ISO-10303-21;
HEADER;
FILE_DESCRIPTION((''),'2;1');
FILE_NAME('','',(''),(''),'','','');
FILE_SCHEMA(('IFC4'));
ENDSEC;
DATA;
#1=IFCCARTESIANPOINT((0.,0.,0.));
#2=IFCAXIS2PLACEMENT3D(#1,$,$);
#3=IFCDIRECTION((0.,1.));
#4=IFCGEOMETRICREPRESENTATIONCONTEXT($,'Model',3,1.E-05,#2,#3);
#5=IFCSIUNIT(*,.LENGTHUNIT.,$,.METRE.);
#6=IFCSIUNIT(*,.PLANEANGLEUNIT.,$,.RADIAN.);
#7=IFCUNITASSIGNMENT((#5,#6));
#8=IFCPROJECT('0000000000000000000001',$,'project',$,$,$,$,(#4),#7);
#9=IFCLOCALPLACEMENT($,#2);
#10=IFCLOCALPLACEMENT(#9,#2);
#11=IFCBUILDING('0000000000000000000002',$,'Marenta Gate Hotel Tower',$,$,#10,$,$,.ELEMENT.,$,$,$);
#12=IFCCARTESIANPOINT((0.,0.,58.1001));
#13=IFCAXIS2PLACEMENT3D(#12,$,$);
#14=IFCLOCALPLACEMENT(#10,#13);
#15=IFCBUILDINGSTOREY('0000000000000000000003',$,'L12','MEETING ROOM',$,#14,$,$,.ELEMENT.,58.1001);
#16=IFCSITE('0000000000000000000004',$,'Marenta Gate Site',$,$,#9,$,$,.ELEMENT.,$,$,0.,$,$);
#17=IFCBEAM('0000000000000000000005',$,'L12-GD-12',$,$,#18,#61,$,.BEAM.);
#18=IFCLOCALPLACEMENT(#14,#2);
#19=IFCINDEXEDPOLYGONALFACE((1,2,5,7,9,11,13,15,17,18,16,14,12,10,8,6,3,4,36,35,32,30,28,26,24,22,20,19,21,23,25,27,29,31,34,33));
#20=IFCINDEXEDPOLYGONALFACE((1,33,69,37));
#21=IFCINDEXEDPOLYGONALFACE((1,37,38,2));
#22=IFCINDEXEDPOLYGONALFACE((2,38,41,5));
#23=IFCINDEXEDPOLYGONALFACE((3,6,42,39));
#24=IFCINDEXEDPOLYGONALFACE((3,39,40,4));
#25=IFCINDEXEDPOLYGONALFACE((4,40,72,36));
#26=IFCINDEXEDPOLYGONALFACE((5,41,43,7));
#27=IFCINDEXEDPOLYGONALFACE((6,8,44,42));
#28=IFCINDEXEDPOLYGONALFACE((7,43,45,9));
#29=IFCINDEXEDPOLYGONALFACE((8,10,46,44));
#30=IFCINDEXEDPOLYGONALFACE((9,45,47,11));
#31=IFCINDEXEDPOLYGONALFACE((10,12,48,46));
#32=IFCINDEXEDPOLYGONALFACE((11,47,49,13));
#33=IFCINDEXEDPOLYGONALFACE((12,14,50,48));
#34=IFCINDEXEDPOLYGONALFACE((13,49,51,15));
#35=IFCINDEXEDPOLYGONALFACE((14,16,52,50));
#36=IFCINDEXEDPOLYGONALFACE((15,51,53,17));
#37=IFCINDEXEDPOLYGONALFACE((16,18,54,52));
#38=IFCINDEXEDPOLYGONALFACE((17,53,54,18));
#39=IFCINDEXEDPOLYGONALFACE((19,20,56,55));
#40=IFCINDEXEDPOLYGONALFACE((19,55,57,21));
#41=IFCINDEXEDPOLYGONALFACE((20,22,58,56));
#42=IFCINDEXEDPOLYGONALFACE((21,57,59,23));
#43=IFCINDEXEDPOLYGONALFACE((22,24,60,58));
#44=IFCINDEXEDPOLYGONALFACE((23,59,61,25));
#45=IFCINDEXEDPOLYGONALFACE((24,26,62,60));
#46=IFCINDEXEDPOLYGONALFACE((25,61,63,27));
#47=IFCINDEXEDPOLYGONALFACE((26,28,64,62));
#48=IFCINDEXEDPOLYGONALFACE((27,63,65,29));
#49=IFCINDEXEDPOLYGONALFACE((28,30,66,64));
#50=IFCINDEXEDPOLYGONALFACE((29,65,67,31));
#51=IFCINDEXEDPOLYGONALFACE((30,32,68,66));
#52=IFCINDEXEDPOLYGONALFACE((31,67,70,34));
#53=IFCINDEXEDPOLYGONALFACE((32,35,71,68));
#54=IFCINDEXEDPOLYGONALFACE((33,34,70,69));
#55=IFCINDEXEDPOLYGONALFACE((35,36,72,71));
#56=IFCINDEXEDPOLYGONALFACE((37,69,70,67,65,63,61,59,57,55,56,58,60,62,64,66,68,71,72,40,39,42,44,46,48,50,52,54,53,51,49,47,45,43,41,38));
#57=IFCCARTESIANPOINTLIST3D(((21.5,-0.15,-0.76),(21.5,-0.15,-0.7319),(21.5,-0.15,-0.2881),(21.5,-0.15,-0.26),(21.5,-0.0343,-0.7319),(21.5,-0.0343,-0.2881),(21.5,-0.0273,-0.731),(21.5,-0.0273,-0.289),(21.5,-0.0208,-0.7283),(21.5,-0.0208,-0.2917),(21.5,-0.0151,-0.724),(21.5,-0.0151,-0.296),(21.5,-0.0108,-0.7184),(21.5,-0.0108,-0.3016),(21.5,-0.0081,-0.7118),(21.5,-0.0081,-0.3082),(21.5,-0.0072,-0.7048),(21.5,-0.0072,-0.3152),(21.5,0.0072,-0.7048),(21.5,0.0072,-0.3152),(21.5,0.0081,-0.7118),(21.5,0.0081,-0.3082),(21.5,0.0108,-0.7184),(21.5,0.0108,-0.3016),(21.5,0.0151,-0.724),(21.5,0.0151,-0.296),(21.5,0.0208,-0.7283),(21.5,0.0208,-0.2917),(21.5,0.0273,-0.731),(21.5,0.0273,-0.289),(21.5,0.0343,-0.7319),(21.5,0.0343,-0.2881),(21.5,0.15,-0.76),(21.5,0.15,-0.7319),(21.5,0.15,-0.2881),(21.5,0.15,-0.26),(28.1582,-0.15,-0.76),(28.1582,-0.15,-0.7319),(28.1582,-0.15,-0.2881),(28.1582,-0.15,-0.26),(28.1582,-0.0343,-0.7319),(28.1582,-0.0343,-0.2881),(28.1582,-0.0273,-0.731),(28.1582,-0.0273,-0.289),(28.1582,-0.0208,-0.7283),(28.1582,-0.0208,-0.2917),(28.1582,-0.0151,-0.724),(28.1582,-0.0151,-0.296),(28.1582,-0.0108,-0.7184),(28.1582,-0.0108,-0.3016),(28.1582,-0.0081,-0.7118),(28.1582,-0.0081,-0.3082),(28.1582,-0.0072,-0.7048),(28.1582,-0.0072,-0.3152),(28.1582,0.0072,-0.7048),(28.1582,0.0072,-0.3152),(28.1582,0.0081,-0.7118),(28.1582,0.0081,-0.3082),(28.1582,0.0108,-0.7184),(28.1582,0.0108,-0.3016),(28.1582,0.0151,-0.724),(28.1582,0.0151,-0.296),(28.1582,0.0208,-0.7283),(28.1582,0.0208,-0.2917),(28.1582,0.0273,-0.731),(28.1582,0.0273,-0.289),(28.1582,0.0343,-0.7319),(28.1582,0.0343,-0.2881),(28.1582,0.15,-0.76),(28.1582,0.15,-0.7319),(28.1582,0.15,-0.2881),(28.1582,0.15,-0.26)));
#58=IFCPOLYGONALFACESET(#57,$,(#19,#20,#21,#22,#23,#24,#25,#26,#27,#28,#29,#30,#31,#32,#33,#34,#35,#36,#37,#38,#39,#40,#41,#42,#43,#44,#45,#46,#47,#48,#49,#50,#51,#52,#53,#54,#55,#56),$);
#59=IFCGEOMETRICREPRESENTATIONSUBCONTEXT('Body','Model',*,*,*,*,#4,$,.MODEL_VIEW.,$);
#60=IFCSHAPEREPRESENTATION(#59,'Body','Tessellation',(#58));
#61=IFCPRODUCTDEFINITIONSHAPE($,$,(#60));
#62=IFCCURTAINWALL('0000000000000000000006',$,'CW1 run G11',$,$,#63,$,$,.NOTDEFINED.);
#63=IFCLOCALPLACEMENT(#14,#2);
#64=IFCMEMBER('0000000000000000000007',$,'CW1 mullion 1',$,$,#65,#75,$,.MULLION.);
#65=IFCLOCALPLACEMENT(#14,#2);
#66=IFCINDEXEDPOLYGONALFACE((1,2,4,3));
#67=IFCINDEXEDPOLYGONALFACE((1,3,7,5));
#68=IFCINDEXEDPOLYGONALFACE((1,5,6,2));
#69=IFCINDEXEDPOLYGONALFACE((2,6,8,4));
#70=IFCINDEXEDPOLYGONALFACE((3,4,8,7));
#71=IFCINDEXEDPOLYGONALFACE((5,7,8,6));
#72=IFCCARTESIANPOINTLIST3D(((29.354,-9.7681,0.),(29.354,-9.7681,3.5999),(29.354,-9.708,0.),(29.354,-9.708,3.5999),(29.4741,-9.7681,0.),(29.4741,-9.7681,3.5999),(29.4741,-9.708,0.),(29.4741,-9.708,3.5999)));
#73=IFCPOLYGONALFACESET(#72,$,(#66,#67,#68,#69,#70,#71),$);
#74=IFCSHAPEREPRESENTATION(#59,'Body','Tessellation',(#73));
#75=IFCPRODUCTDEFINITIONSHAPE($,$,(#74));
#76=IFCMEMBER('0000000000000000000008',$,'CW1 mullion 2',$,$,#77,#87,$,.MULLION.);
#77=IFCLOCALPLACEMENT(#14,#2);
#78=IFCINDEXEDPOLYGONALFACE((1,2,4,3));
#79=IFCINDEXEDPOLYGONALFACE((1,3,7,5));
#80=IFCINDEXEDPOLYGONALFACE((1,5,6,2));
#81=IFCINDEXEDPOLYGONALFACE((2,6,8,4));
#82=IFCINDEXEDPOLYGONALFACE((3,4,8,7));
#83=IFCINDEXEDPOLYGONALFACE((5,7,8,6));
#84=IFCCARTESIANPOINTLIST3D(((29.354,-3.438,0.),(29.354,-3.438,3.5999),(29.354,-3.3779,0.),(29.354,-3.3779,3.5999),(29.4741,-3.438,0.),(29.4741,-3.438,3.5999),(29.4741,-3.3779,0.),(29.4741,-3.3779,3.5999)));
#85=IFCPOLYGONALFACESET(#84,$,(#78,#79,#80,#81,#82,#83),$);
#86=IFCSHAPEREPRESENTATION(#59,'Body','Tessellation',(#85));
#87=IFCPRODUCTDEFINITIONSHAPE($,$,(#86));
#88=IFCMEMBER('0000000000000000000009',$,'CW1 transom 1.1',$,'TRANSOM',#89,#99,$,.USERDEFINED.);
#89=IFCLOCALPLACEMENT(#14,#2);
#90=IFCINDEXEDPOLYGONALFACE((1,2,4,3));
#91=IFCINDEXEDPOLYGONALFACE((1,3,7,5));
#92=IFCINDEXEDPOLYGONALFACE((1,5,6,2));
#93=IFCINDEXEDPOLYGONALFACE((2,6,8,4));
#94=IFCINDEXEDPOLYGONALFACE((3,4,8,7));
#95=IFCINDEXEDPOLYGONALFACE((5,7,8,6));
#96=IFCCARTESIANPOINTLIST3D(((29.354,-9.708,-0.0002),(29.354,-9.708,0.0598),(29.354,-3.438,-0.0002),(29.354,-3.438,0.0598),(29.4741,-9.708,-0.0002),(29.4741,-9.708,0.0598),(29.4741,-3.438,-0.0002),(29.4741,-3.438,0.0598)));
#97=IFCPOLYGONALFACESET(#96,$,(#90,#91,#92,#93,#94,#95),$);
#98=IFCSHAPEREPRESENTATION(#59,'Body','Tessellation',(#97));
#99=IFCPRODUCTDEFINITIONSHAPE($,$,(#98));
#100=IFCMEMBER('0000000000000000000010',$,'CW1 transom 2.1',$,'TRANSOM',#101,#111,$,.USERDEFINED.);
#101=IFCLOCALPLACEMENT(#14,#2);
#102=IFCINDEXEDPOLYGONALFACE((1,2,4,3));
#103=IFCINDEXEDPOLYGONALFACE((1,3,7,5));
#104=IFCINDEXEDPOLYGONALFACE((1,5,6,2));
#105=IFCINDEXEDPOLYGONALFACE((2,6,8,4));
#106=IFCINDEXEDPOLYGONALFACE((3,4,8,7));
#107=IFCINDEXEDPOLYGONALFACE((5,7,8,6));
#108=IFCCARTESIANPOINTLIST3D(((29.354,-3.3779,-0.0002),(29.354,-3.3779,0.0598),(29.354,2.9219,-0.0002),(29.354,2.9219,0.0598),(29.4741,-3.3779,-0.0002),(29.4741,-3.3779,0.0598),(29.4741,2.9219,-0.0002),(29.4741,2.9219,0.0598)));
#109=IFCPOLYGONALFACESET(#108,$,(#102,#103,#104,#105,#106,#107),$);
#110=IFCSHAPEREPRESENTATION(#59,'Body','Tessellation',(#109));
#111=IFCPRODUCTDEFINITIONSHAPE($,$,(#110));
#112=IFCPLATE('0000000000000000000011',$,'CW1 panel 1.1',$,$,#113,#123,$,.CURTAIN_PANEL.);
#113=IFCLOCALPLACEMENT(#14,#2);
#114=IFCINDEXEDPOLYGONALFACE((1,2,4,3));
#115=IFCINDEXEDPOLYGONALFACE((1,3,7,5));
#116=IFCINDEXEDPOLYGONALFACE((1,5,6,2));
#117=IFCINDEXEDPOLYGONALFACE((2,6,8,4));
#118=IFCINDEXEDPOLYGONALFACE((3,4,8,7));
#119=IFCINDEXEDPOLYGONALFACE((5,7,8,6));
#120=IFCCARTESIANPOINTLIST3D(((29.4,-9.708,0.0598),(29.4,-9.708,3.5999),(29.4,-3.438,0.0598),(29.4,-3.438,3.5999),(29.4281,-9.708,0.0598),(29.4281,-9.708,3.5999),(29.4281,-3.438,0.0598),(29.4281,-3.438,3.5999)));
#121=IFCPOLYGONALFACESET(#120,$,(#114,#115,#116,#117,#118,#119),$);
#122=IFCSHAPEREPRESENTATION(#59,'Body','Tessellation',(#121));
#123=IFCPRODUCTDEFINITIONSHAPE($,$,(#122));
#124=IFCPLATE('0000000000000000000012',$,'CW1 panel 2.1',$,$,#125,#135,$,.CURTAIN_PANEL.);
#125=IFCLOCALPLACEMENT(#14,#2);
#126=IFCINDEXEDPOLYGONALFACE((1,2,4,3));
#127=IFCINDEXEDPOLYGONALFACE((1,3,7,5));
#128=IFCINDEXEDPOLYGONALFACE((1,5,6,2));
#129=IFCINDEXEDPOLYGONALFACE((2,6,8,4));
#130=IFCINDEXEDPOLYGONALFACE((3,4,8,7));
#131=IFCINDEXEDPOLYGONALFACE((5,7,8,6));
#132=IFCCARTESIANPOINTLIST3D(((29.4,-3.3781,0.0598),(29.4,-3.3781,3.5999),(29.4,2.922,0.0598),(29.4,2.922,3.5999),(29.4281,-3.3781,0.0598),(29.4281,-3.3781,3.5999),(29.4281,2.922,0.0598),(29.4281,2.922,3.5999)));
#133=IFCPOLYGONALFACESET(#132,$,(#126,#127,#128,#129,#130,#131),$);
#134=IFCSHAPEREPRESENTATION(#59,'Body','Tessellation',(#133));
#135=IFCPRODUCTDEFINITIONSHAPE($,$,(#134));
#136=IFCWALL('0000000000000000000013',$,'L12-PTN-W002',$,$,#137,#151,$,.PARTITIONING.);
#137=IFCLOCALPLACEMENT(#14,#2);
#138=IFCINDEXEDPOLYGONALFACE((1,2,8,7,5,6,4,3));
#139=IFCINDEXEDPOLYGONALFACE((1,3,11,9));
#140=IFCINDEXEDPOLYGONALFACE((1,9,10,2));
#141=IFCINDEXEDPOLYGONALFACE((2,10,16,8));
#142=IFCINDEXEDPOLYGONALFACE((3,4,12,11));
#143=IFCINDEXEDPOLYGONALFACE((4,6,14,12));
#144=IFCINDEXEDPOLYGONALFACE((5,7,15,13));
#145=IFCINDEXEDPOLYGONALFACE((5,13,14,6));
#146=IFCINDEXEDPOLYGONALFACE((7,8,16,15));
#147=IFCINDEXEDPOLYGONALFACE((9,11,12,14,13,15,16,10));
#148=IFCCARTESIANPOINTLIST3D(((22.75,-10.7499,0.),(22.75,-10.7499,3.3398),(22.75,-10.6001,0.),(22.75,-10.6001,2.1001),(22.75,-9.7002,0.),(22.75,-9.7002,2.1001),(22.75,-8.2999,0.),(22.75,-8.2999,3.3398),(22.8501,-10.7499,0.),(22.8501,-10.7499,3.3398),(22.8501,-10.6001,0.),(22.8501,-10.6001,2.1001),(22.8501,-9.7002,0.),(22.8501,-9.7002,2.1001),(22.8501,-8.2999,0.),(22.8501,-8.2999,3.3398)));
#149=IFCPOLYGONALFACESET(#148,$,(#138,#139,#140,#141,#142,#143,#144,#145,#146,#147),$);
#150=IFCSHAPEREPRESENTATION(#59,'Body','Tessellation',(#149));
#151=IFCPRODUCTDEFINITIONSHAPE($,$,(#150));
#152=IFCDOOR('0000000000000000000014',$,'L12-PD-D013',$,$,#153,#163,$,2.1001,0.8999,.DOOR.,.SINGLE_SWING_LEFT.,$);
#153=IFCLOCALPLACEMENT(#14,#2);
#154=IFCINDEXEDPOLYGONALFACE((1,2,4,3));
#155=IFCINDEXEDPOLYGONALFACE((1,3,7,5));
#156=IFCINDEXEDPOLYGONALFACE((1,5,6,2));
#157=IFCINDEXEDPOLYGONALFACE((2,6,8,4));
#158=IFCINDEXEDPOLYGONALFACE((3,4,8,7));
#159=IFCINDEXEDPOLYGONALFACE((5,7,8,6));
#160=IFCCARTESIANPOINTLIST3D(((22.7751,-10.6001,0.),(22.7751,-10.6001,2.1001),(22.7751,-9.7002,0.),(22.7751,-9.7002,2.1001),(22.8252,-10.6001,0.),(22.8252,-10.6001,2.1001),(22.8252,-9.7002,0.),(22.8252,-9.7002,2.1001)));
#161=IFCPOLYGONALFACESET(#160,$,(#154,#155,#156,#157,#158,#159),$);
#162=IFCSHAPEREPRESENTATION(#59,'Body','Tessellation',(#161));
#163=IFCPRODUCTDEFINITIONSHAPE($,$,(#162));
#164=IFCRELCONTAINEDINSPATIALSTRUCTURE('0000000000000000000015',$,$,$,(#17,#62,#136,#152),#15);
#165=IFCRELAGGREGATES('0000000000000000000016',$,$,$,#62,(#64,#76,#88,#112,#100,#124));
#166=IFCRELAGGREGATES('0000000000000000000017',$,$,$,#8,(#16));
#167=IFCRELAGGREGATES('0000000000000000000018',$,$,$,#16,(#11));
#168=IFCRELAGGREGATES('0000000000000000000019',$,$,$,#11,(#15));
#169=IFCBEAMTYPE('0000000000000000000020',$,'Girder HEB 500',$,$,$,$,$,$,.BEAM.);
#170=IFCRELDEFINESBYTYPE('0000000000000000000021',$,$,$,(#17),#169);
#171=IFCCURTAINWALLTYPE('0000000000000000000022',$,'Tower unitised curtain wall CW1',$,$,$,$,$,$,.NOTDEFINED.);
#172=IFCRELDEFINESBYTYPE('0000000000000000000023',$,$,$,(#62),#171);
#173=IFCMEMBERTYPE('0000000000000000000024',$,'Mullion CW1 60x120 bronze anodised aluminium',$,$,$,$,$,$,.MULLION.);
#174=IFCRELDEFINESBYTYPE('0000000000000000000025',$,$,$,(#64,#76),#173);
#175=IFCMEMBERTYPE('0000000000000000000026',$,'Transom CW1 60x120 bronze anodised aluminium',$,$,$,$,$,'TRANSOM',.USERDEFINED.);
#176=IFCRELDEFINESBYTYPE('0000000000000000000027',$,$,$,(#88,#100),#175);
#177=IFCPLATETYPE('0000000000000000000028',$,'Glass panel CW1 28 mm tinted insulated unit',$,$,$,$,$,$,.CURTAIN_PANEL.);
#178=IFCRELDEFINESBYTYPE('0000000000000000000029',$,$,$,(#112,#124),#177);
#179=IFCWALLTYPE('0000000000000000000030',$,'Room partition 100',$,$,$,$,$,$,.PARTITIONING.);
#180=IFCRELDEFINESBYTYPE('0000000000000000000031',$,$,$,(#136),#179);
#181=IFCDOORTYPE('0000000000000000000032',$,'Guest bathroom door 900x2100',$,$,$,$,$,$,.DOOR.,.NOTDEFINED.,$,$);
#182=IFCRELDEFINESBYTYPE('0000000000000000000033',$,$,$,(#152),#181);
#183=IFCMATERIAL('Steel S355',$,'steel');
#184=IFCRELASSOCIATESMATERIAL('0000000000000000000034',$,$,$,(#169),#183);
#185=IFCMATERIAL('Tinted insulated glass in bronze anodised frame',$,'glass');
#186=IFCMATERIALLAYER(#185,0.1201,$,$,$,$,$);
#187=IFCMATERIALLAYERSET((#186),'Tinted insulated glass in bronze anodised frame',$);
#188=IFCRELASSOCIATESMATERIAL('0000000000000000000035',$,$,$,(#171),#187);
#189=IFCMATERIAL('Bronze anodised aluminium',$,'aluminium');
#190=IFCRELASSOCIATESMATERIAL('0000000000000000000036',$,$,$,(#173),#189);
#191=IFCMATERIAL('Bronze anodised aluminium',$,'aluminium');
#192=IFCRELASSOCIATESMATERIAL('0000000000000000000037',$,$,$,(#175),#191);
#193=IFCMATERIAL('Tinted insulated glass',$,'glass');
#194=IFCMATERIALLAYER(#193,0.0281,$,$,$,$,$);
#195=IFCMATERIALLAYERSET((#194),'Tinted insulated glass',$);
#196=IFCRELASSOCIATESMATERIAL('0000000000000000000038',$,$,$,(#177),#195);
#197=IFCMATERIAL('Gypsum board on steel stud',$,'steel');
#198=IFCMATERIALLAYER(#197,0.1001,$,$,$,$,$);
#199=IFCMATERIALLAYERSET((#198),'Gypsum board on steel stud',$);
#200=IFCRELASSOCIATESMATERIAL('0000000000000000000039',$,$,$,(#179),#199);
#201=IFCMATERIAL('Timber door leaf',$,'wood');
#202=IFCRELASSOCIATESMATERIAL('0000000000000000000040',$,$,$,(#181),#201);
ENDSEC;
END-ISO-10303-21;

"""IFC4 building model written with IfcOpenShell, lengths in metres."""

from ifc_helpers import new_model, si_unit, direction, frame, frame_2d, origin, origin_2d, place, context, subcontext, project, spatial, rectangle, i_section, extrude, material, layer, layer_set, material_profile, profile_set, type_object, element, fill, aggregate, save


model = new_model("IFC4")

# Units and contexts
model_context = context("Model", 3, precision=1e-05, world=origin(), true_north=direction((0.0, 1.0)))
body_context = subcontext(model_context, "Body", "Model", "MODEL_VIEW")
ifc_project = project(units=[si_unit("LENGTHUNIT", "METRE"), si_unit("PLANEANGLEUNIT", "RADIAN")], contexts=[model_context])

# Site, building, storey
site_placement = place(None, origin())
site = spatial("IfcSite", under=ifc_project, at=site_placement, Name="Marenta Gate Site", CompositionType="ELEMENT", RefElevation=0.0)
building_placement = place(site_placement, origin())
building = spatial("IfcBuilding", under=site, at=building_placement, Name="Marenta Gate Hotel Tower", CompositionType="ELEMENT")
storey_placement = place(building_placement, frame((0.0, 0.0, 58.1001)))
storey = spatial("IfcBuildingStorey", under=building, at=storey_placement, Name="L12", Description="MEETING ROOM", CompositionType="ELEMENT", Elevation=58.1001)

# Beam
ifc_material_1 = material(Name="Steel S355", Category="steel")
ifc_material_profile_1 = material_profile(ifc_material_1, i_section(OverallWidth=0.3, OverallDepth=0.5, WebThickness=0.0144, FlangeThickness=0.0281, FilletRadius=0.0271, at=origin_2d()), Name="HEB 500")
ifc_profile_set_1 = profile_set([ifc_material_profile_1], Name="Steel S355")
beam_type_1 = type_object("IfcBeamType", Name="Girder HEB 500", PredefinedType="BEAM", material=ifc_profile_set_1)
beam_1_placement = place(storey_placement, frame((21.5, 0.0, -0.51), z_axis=(1.0, 0.0, 0.0), x_axis=(0.0, 1.0, 0.0)))
element("IfcBeam", 1, at=beam_1_placement, inside=storey, type_object=beam_type_1, Name="L12-GD-12", PredefinedType="BEAM", context=body_context, shape_type="SweptSolid", body=[
    extrude(i_section(OverallWidth=0.3, OverallDepth=0.5, WebThickness=0.0144, FlangeThickness=0.0281, FilletRadius=0.0271, at=origin_2d()), origin(), (0.0, 0.0, 1.0), 6.6582),
])

# Curtain wall, members, plates
ifc_material_2 = material(Name="Tinted insulated glass in bronze anodised frame", Category="glass")
ifc_layer_1 = layer(ifc_material_2, 0.1201)
ifc_layer_set_1 = layer_set([ifc_layer_1], Name="Tinted insulated glass in bronze anodised frame")
curtain_wall_type = type_object("IfcCurtainWallType", Name="Tower unitised curtain wall CW1", PredefinedType="NOTDEFINED", material=ifc_layer_set_1)
curtain_wall_placement = place(storey_placement, origin())
curtain_wall = element("IfcCurtainWall", 2, at=curtain_wall_placement, inside=storey, type_object=curtain_wall_type, Name="CW1 run G11", PredefinedType="NOTDEFINED")
ifc_material_3 = material(Name="Bronze anodised aluminium", Category="aluminium")
ifc_material_profile_2 = material_profile(ifc_material_3, rectangle(XDim=0.1201, YDim=0.0601, at=origin_2d()), Name="Mullion CW1 60x120 bronze anodised aluminium")
ifc_profile_set_2 = profile_set([ifc_material_profile_2], Name="Bronze anodised aluminium")
member_type_1 = type_object("IfcMemberType", Name="Mullion CW1 60x120 bronze anodised aluminium", PredefinedType="MULLION", material=ifc_profile_set_2)
member_1_placement = place(storey_placement, frame((29.4141, -9.738, 0.0), z_axis=(0.0, 0.0, 1.0), x_axis=(-1.0, 0.0, 0.0)))
member_1 = element("IfcMember", 3, at=member_1_placement, type_object=member_type_1, Name="CW1 mullion 1", PredefinedType="MULLION", context=body_context, shape_type="SweptSolid", body=[
    extrude(rectangle(XDim=0.1201, YDim=0.0601, at=origin_2d()), origin(), (0.0, 0.0, 1.0), 3.5999),
])
member_2_placement = place(storey_placement, frame((29.4141, -3.408, 0.0), z_axis=(0.0, 0.0, 1.0), x_axis=(-1.0, 0.0, 0.0)))
member_2 = element("IfcMember", 4, at=member_2_placement, type_object=member_type_1, Name="CW1 mullion 2", PredefinedType="MULLION", context=body_context, shape_type="SweptSolid", body=[
    extrude(rectangle(XDim=0.1201, YDim=0.0601, at=origin_2d()), origin(), (0.0, 0.0, 1.0), 3.5999),
])
ifc_material_4 = material(Name="Bronze anodised aluminium", Category="aluminium")
ifc_material_profile_3 = material_profile(ifc_material_4, rectangle(XDim=0.1201, YDim=0.0601, at=origin_2d()), Name="Transom CW1 60x120 bronze anodised aluminium")
ifc_profile_set_3 = profile_set([ifc_material_profile_3], Name="Bronze anodised aluminium")
member_type_2 = type_object("IfcMemberType", Name="Transom CW1 60x120 bronze anodised aluminium", ElementType="TRANSOM", PredefinedType="USERDEFINED", material=ifc_profile_set_3)
member_3_placement = place(storey_placement, frame((29.4141, -9.708, 0.0298), z_axis=(0.0, 1.0, 0.0), x_axis=(-1.0, 0.0, 0.0)))
member_3 = element("IfcMember", 5, at=member_3_placement, type_object=member_type_2, Name="CW1 transom 1.1", ObjectType="TRANSOM", PredefinedType="USERDEFINED", context=body_context, shape_type="SweptSolid", body=[
    extrude(rectangle(XDim=0.1201, YDim=0.0601, at=origin_2d()), origin(), (0.0, 0.0, 1.0), 6.27),
])
member_4_placement = place(storey_placement, frame((29.4141, -3.3779, 0.0298), z_axis=(0.0, 1.0, 0.0), x_axis=(-1.0, 0.0, 0.0)))
member_4 = element("IfcMember", 6, at=member_4_placement, type_object=member_type_2, Name="CW1 transom 2.1", ObjectType="TRANSOM", PredefinedType="USERDEFINED", context=body_context, shape_type="SweptSolid", body=[
    extrude(rectangle(XDim=0.1201, YDim=0.0601, at=origin_2d()), origin(), (0.0, 0.0, 1.0), 6.2998),
])
ifc_material_5 = material(Name="Tinted insulated glass", Category="glass")
ifc_layer_2 = layer(ifc_material_5, 0.0281)
ifc_layer_set_2 = layer_set([ifc_layer_2], Name="Tinted insulated glass")
plate_type = type_object("IfcPlateType", Name="Glass panel CW1 28 mm tinted insulated unit", PredefinedType="CURTAIN_PANEL", material=ifc_layer_set_2)
plate_1_placement = place(storey_placement, frame((29.4141, -6.573, 0.0598), z_axis=(0.0, 0.0, 1.0), x_axis=(0.0, 1.0, 0.0)))
plate_1 = element("IfcPlate", 7, at=plate_1_placement, type_object=plate_type, Name="CW1 panel 1.1", PredefinedType="CURTAIN_PANEL", context=body_context, shape_type="SweptSolid", body=[
    extrude(rectangle(XDim=6.27, YDim=0.0281, at=origin_2d()), origin(), (0.0, 0.0, 1.0), 3.54),
])
plate_2_placement = place(storey_placement, frame((29.4141, -0.228, 0.0598), z_axis=(0.0, 0.0, 1.0), x_axis=(0.0, 1.0, 0.0)))
plate_2 = element("IfcPlate", 8, at=plate_2_placement, type_object=plate_type, Name="CW1 panel 2.1", PredefinedType="CURTAIN_PANEL", context=body_context, shape_type="SweptSolid", body=[
    extrude(rectangle(XDim=6.3, YDim=0.0281, at=origin_2d()), origin(), (0.0, 0.0, 1.0), 3.54),
])
aggregate(curtain_wall, [member_1, member_2, member_3, plate_1, member_4, plate_2])

# Wall, opening, door
ifc_material_6 = material(Name="Gypsum board on steel stud", Category="steel")
ifc_layer_3 = layer(ifc_material_6, 0.1001)
ifc_layer_set_3 = layer_set([ifc_layer_3], Name="Gypsum board on steel stud")
wall_type = type_object("IfcWallType", Name="Room partition 100", PredefinedType="PARTITIONING", material=ifc_layer_set_3)
wall_1_placement = place(storey_placement, frame((22.8, -10.75, 0.0), z_axis=(0.0, 0.0, 1.0), x_axis=(0.0, 1.0, 0.0)))
wall_1 = element("IfcWall", 9, at=wall_1_placement, inside=storey, type_object=wall_type, Name="L12-PTN-W002", PredefinedType="PARTITIONING", context=body_context, shape_type="SweptSolid", body=[
    extrude(rectangle(XDim=2.45, YDim=0.1001, at=frame_2d((1.2251, 0.0))), origin(), (0.0, 0.0, 1.0), 3.3398),
])
opening_1_placement = place(wall_1_placement, frame((0.1499, 0.0, 0.0)))
opening_1 = element("IfcOpeningElement", 10, at=opening_1_placement, cuts=wall_1, PredefinedType="OPENING", context=body_context, shape_type="SweptSolid", body=[
    extrude(rectangle(XDim=0.8999, YDim=2.1001, at=frame_2d((0.45, 1.05))), frame((0.0, 0.05, 0.0), z_axis=(0.0, -1.0, 0.0), x_axis=(1.0, 0.0, 0.0)), (0.0, 0.0, 1.0), 0.1001),
])
ifc_material_7 = material(Name="Timber door leaf", Category="wood")
door_type = type_object("IfcDoorType", Name="Guest bathroom door 900x2100", OperationType="NOTDEFINED", PredefinedType="DOOR", material=ifc_material_7)
door_1_placement = place(opening_1_placement, origin())
door_1 = element("IfcDoor", 11, at=door_1_placement, inside=storey, type_object=door_type, Name="L12-PD-D013", OperationType="SINGLE_SWING_LEFT", OverallHeight=2.1001, OverallWidth=0.8999, PredefinedType="DOOR", context=body_context, shape_type="SweptSolid", body=[
    extrude(rectangle(XDim=0.8999, YDim=2.1001, at=frame_2d((0.45, 1.05))), frame((0.0, 0.0249, 0.0), z_axis=(0.0, -1.0, 0.0), x_axis=(1.0, 0.0, 0.0)), (0.0, 0.0, 1.0), 0.05),
])
fill(opening_1, door_1)

save(model, "model.ifc")
